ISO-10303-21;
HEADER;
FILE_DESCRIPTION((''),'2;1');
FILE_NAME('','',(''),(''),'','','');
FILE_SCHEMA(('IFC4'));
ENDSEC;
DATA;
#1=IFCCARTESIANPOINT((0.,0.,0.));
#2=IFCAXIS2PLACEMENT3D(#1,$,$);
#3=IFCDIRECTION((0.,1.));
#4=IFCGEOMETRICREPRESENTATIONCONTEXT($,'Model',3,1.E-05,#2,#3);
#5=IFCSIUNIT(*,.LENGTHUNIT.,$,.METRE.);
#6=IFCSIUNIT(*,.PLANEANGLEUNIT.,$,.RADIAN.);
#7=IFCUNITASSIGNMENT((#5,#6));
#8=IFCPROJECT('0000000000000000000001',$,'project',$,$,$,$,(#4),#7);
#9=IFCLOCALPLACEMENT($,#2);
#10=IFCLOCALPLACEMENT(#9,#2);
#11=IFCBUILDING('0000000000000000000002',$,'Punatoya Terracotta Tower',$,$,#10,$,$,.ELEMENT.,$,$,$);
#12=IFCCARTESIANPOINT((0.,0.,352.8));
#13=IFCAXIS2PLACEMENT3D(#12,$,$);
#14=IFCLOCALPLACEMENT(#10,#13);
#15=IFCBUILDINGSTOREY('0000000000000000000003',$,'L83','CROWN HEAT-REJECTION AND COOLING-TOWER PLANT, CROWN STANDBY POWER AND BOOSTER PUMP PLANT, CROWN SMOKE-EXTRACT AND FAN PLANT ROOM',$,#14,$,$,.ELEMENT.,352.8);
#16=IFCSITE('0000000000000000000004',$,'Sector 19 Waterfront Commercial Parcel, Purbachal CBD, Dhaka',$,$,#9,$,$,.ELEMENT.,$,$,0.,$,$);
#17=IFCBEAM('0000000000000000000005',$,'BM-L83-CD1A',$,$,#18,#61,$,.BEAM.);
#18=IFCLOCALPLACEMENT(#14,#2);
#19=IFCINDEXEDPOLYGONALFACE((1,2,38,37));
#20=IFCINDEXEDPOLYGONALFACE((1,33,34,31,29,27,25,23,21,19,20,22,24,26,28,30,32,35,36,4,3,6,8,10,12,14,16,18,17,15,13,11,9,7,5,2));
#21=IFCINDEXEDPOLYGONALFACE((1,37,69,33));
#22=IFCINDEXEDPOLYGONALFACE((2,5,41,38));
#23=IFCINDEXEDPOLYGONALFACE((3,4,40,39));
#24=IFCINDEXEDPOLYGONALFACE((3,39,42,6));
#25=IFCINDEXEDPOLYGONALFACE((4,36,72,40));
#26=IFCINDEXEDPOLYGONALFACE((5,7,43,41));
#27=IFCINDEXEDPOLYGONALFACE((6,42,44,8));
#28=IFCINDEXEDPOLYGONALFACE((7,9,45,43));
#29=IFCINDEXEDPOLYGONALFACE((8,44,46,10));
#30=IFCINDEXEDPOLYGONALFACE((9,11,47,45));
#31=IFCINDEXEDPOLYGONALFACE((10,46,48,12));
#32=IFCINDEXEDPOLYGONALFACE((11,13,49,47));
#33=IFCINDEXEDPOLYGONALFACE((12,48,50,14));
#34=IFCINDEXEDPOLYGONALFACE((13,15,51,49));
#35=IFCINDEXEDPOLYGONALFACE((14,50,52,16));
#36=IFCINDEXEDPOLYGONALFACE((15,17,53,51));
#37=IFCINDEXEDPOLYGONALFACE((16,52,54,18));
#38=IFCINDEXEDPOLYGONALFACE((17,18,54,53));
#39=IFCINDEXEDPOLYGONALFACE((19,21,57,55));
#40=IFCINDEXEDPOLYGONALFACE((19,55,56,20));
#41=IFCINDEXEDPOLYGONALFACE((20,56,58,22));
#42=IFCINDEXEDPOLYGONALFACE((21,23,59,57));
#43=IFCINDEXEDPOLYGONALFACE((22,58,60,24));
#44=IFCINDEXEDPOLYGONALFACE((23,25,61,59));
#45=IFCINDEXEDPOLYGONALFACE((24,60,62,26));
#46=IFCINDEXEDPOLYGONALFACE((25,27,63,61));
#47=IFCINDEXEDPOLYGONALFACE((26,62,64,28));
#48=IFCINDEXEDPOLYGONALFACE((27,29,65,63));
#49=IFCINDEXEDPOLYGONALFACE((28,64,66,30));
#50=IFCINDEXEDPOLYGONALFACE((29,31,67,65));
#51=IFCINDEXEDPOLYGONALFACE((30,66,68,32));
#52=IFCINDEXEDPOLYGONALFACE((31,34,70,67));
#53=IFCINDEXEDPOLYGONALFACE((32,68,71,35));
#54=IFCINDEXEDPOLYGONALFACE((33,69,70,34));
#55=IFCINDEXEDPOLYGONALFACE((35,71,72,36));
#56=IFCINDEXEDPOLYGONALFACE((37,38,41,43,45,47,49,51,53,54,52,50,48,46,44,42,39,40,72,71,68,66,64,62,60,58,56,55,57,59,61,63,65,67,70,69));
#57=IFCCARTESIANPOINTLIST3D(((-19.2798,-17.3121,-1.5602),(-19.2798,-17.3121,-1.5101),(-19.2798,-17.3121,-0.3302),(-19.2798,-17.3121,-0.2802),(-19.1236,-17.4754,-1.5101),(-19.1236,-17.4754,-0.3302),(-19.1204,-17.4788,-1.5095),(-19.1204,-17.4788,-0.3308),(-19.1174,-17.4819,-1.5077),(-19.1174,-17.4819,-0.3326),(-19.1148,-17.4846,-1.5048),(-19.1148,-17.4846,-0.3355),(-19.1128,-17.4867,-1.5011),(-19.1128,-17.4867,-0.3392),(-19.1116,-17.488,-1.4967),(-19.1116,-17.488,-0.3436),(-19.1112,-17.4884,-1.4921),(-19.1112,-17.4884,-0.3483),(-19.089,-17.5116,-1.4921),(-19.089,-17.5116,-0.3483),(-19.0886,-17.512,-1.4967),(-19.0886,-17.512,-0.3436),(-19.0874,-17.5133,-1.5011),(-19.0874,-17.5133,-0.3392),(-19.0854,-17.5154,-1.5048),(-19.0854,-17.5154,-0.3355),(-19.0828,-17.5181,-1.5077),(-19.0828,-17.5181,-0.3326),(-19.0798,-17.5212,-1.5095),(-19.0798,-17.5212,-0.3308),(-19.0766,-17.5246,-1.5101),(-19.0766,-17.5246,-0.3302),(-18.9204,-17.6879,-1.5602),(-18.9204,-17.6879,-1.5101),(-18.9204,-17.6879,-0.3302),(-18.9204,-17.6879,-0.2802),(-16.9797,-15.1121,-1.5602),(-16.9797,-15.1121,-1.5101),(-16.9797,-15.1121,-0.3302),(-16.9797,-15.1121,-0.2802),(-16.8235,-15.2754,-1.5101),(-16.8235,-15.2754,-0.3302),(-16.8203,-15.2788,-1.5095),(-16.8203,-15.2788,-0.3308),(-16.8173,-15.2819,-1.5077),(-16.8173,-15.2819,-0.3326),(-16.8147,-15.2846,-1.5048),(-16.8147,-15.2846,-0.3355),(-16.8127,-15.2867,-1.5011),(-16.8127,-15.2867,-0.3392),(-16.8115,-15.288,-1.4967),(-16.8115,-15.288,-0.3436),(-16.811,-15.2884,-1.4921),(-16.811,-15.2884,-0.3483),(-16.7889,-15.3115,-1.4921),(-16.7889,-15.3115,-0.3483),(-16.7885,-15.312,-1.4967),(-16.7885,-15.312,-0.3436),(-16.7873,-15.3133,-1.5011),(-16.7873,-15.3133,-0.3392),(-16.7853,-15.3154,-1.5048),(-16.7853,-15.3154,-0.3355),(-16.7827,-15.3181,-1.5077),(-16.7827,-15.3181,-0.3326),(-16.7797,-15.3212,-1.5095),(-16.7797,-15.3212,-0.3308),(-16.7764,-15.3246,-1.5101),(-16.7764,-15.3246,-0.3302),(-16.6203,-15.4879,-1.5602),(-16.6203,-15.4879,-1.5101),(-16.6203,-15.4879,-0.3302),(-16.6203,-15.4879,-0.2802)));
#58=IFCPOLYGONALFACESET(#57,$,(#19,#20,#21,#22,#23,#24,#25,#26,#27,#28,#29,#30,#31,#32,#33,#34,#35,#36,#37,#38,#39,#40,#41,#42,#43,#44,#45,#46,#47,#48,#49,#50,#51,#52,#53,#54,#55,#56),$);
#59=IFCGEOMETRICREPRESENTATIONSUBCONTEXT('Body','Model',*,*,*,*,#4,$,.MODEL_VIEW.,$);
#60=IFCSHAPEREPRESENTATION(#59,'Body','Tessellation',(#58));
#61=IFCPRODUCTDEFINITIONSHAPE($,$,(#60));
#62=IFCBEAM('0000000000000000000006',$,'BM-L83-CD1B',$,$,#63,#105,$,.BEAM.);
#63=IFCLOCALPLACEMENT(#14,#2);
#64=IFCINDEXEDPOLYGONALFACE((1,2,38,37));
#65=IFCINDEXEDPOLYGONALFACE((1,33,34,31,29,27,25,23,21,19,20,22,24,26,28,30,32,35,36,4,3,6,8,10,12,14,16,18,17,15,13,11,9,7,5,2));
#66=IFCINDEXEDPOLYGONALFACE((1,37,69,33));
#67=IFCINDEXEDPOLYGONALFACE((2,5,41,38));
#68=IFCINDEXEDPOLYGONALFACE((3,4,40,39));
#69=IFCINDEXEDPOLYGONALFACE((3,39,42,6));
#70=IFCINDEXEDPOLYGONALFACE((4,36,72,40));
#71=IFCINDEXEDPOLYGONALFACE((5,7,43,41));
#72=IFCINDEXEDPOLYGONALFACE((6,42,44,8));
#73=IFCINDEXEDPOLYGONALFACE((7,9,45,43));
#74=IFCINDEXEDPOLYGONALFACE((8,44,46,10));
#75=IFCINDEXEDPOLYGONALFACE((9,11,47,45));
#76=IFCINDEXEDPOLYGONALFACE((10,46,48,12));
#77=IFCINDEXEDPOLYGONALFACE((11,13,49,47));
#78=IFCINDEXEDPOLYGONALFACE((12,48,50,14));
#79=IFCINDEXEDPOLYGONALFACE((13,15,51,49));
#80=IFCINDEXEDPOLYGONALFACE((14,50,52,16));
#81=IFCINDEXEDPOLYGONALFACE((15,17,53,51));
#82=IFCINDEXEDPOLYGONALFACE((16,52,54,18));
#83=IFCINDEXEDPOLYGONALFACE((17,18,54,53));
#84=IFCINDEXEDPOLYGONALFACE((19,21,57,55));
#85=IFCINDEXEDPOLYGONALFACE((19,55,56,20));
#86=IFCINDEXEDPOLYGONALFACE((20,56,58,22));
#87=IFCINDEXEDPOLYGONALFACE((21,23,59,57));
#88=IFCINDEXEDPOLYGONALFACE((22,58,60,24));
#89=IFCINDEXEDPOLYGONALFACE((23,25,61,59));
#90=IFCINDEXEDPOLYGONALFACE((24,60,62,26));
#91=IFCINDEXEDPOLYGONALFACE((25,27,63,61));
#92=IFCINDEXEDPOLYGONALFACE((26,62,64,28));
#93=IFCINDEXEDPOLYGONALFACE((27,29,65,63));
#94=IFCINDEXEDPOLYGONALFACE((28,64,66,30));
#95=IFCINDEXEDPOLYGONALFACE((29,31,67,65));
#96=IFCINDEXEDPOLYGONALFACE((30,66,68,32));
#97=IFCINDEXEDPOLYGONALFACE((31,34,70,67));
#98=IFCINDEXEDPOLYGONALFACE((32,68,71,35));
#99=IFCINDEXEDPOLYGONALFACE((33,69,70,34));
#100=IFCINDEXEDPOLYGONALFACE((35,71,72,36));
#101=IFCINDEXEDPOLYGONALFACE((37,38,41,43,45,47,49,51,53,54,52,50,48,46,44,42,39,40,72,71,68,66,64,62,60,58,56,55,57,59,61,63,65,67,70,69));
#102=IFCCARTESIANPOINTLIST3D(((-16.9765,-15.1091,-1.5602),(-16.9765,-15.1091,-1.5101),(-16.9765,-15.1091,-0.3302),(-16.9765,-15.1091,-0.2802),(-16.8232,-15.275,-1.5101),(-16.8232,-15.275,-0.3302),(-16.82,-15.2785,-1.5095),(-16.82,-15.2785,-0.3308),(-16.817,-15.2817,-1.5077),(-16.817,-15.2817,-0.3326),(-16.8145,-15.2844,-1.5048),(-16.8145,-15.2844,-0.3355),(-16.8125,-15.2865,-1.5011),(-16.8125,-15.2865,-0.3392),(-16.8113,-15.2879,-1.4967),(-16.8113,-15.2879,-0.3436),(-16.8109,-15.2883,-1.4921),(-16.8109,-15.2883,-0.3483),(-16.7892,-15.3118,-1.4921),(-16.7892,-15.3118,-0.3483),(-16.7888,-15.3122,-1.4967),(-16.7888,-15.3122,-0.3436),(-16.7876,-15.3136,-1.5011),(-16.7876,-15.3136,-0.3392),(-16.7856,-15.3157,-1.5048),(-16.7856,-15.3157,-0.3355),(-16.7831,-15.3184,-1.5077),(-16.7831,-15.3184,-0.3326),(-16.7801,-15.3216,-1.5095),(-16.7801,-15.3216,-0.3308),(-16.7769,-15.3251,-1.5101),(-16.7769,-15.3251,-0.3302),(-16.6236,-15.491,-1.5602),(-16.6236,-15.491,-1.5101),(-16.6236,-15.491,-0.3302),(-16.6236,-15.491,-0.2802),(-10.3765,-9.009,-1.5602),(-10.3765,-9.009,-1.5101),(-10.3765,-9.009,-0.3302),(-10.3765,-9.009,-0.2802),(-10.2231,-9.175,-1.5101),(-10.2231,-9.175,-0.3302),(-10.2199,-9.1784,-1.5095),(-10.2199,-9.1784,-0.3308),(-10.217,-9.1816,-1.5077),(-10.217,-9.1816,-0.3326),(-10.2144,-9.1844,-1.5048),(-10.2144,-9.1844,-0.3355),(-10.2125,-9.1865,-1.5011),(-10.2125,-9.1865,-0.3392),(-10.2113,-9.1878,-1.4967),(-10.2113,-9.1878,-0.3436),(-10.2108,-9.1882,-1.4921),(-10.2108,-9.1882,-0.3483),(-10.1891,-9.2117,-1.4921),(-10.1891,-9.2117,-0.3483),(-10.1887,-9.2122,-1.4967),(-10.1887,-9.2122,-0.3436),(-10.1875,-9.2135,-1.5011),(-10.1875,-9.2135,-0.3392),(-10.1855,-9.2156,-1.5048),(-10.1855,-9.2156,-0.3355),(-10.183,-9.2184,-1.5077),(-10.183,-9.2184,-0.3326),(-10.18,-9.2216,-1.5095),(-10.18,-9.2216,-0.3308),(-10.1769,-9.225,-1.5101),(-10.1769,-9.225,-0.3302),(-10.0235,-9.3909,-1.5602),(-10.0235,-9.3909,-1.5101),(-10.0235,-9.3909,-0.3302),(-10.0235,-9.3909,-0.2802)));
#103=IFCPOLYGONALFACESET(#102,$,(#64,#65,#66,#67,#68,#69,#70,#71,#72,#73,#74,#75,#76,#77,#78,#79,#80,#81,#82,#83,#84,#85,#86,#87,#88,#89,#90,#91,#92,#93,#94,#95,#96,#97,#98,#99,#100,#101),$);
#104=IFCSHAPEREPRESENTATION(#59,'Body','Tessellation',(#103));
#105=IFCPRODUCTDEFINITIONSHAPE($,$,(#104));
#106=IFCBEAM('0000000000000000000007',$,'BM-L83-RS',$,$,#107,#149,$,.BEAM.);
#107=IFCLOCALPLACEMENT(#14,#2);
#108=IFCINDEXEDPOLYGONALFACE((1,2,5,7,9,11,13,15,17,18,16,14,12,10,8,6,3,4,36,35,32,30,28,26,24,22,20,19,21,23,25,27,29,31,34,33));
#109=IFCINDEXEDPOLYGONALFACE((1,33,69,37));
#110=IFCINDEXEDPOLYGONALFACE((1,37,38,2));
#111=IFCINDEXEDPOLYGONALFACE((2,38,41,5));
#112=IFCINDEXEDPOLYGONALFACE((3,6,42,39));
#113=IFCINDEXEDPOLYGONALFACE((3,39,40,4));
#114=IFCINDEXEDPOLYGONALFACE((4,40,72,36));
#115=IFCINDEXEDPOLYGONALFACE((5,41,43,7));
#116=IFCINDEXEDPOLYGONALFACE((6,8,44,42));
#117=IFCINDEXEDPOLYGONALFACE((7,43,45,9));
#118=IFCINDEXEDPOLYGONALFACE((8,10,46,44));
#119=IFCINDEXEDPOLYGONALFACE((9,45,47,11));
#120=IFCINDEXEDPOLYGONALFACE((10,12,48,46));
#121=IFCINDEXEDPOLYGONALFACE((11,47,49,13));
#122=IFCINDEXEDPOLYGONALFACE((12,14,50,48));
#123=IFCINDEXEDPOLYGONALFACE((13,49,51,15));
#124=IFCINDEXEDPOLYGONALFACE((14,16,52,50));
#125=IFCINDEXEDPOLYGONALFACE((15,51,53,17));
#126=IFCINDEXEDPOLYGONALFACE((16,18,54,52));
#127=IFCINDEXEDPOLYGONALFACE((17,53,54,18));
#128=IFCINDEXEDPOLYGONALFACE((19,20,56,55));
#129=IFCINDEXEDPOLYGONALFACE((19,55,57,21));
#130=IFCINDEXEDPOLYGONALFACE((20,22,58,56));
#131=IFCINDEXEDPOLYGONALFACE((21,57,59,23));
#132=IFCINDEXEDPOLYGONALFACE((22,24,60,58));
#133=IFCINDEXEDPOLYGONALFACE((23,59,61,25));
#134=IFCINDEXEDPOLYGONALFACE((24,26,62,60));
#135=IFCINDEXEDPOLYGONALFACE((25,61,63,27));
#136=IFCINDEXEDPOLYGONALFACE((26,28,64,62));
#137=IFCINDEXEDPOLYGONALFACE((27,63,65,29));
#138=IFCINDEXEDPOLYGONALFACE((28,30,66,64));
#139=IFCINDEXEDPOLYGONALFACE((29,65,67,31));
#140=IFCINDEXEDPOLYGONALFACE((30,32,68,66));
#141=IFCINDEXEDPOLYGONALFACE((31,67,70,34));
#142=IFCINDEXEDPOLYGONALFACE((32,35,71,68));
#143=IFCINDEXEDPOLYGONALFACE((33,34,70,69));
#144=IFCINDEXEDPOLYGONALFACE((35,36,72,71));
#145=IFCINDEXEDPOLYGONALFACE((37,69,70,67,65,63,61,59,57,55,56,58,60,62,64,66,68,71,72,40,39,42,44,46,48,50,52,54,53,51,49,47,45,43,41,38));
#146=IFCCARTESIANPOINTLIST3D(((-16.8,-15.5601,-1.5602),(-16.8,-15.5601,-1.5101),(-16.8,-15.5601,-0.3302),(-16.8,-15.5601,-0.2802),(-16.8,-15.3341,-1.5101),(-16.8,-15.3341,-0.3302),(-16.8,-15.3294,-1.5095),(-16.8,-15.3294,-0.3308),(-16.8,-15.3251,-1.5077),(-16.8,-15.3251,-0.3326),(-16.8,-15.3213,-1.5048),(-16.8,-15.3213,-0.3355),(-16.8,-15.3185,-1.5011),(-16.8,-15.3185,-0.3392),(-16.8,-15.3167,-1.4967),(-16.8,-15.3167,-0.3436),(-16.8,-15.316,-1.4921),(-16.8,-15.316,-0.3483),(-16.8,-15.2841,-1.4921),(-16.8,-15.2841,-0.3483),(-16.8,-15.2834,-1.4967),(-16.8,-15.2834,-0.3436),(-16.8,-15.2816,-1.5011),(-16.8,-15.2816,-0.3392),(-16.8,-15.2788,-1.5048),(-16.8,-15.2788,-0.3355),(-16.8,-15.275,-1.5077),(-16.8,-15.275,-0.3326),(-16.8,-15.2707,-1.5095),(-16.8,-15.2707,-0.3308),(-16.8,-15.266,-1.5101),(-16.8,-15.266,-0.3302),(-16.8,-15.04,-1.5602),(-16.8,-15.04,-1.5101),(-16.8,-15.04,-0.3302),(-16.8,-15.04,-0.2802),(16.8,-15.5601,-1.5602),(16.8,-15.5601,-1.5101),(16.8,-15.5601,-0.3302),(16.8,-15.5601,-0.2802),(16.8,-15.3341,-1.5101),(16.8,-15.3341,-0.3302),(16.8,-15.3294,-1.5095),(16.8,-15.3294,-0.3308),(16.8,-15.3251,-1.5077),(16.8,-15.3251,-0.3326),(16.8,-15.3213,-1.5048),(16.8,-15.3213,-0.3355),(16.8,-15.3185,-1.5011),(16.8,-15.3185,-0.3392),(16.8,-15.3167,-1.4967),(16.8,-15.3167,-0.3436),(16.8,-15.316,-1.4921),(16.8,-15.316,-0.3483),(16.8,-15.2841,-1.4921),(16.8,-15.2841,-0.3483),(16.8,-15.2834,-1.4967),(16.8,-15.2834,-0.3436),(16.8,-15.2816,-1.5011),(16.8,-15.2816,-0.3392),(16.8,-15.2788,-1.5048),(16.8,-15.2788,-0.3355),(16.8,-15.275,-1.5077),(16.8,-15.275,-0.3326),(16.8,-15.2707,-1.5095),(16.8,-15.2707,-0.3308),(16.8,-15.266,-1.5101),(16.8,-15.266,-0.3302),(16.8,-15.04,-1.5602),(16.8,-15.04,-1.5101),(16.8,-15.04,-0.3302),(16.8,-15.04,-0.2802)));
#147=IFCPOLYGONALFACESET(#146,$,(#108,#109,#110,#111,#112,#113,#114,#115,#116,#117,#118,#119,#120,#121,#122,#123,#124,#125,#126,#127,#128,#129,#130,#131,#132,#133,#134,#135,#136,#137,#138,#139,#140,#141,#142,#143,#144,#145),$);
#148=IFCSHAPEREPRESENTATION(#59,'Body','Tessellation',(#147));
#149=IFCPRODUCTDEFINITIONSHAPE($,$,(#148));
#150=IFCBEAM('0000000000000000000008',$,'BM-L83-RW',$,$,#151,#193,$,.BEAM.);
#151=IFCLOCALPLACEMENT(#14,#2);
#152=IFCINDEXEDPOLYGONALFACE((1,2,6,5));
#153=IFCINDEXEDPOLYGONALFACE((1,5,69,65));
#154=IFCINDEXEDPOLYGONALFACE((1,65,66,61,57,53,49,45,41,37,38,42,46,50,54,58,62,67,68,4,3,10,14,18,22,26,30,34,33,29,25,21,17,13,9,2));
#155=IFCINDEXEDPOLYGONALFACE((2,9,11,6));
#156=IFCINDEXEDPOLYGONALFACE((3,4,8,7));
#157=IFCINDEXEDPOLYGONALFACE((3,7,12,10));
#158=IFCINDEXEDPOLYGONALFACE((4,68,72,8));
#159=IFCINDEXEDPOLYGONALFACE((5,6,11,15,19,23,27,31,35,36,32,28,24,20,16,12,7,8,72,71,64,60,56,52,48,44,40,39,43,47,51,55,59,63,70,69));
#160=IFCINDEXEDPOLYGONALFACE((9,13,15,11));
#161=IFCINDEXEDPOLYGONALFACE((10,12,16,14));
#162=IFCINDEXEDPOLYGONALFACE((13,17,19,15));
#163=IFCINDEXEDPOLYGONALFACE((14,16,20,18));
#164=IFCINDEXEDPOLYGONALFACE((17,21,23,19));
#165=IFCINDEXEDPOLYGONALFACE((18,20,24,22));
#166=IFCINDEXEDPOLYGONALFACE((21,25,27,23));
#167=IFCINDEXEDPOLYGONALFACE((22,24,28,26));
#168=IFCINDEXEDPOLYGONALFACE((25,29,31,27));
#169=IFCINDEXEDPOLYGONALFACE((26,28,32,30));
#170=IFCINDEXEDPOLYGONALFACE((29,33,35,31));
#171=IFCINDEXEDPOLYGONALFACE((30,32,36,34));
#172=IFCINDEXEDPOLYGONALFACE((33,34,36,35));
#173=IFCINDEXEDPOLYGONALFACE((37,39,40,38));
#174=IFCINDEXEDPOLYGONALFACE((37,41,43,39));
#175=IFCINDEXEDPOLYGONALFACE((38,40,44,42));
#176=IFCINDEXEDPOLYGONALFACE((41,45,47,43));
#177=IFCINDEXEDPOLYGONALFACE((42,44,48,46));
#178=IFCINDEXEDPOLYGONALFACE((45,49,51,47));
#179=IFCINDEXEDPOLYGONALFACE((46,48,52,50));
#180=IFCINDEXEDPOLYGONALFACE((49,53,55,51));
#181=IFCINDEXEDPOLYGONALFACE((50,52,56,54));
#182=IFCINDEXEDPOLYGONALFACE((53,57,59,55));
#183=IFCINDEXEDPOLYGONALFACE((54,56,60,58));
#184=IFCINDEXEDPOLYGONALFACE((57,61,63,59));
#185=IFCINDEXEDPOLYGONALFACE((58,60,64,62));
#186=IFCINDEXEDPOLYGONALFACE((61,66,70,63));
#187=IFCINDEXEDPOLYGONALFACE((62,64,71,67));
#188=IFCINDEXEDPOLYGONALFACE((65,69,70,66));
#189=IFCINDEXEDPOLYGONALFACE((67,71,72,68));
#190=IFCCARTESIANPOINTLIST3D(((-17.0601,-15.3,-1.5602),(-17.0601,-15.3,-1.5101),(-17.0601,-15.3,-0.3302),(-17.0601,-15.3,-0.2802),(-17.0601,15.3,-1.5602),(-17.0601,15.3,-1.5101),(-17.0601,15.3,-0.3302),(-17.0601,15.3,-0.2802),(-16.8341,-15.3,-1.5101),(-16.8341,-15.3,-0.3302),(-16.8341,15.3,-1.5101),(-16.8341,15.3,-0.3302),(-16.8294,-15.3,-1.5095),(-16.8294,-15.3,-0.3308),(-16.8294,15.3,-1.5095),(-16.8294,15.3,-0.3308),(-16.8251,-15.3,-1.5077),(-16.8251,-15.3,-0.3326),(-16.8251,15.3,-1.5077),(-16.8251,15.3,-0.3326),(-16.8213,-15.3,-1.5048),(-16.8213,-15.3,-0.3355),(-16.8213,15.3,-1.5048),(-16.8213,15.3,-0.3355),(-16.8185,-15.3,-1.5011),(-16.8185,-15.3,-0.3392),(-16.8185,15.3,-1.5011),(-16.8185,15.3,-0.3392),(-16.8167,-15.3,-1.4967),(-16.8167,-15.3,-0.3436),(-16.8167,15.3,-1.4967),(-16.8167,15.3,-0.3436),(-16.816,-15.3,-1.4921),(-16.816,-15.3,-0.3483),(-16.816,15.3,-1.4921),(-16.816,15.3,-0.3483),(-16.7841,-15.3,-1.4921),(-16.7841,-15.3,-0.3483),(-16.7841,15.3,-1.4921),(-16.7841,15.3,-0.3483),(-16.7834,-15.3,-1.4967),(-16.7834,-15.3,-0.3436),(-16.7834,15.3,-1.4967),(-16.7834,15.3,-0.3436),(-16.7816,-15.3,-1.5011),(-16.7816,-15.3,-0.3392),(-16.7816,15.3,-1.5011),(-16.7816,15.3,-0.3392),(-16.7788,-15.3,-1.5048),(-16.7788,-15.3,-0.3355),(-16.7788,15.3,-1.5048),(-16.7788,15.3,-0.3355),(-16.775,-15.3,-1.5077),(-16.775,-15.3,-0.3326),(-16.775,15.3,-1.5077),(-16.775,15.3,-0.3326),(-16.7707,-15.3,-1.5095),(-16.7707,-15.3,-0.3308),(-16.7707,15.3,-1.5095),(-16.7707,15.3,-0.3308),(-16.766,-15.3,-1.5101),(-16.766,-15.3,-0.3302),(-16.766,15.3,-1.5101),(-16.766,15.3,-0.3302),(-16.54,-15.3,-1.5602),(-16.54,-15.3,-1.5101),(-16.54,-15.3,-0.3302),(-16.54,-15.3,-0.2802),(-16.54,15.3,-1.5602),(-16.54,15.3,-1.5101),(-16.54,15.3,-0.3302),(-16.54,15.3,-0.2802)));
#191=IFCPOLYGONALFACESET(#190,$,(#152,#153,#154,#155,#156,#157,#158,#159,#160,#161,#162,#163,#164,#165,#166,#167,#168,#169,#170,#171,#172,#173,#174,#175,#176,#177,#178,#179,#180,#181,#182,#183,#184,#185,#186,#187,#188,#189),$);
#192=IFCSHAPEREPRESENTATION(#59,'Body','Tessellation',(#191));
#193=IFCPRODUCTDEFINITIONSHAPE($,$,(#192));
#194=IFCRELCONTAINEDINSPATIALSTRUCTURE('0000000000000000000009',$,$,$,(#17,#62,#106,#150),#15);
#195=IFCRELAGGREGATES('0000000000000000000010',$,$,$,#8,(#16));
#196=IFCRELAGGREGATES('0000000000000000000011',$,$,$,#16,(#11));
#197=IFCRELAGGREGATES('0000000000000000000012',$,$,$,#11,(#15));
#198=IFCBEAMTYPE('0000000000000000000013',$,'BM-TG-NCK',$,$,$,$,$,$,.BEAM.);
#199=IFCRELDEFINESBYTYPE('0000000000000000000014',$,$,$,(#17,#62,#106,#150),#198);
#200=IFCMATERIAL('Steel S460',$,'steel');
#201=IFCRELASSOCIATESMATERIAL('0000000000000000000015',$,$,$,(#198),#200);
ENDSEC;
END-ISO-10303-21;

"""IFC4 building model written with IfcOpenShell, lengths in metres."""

from ifc_helpers import new_model, si_unit, direction, frame, origin, origin_2d, place, context, subcontext, project, spatial, i_section, extrude, material, material_profile, profile_set, type_object, element, save


model = new_model("IFC4")

# Units and contexts
model_context = context("Model", 3, precision=1e-05, world=origin(), true_north=direction((0.0, 1.0)))
body_context = subcontext(model_context, "Body", "Model", "MODEL_VIEW")
ifc_project = project(units=[si_unit("LENGTHUNIT", "METRE"), si_unit("PLANEANGLEUNIT", "RADIAN")], contexts=[model_context])

# Site, building, storey
site_placement = place(None, origin())
site = spatial("IfcSite", under=ifc_project, at=site_placement, Name="Sector 19 Waterfront Commercial Parcel, Purbachal CBD, Dhaka", CompositionType="ELEMENT", RefElevation=0.0)
building_placement = place(site_placement, origin())
building = spatial("IfcBuilding", under=site, at=building_placement, Name="Punatoya Terracotta Tower", CompositionType="ELEMENT")
storey_placement = place(building_placement, frame((0.0, 0.0, 352.8)))
storey = spatial("IfcBuildingStorey", under=building, at=storey_placement, Name="L83", Description="CROWN HEAT-REJECTION AND COOLING-TOWER PLANT, CROWN STANDBY POWER AND BOOSTER PUMP PLANT, CROWN SMOKE-EXTRACT AND FAN PLANT ROOM", CompositionType="ELEMENT", Elevation=352.8)

# Beams
ifc_material_1 = material(Name="Steel S460", Category="steel")
ifc_material_profile_1 = material_profile(ifc_material_1, i_section(OverallWidth=0.52, OverallDepth=1.28, WebThickness=0.032, FlangeThickness=0.05, FilletRadius=0.0181, at=origin_2d()))
ifc_profile_set_1 = profile_set([ifc_material_profile_1], Name="Steel S460")
beam_type_1 = type_object("IfcBeamType", Name="BM-TG-NCK", PredefinedType="BEAM", material=ifc_profile_set_1)
beam_1_placement = place(storey_placement, frame((-19.1001, -17.5, -0.9202), z_axis=(0.722657, 0.691207, 0.0), x_axis=(-0.691207, 0.722657, 0.0)))
element("IfcBeam", 1, at=beam_1_placement, inside=storey, type_object=beam_type_1, Name="BM-L83-CD1A", PredefinedType="BEAM", context=body_context, shape_type="SweptSolid", body=[
    extrude(i_section(OverallWidth=0.52, OverallDepth=1.28, WebThickness=0.032, FlangeThickness=0.05, FilletRadius=0.0181, at=origin_2d()), origin(), (0.0, 0.0, 1.0), 3.1829),
])
beam_2_placement = place(storey_placement, frame((-16.8, -15.3, -0.9202), z_axis=(0.734376, 0.678743, 0.0), x_axis=(-0.678743, 0.734376, 0.0)))
element("IfcBeam", 2, at=beam_2_placement, inside=storey, type_object=beam_type_1, Name="BM-L83-CD1B", PredefinedType="BEAM", context=body_context, shape_type="SweptSolid", body=[
    extrude(i_section(OverallWidth=0.52, OverallDepth=1.28, WebThickness=0.032, FlangeThickness=0.05, FilletRadius=0.0181, at=origin_2d()), origin(), (0.0, 0.0, 1.0), 8.9873),
])
beam_3_placement = place(storey_placement, frame((-16.8, -15.3, -0.9202), z_axis=(1.0, 0.0, 0.0), x_axis=(0.0, 1.0, 0.0)))
element("IfcBeam", 3, at=beam_3_placement, inside=storey, type_object=beam_type_1, Name="BM-L83-RS", PredefinedType="BEAM", context=body_context, shape_type="SweptSolid", body=[
    extrude(i_section(OverallWidth=0.52, OverallDepth=1.28, WebThickness=0.032, FlangeThickness=0.05, FilletRadius=0.0181, at=origin_2d()), origin(), (0.0, 0.0, 1.0), 33.6001),
])
beam_4_placement = place(storey_placement, frame((-16.8, -15.3, -0.9202), z_axis=(0.0, 1.0, 0.0), x_axis=(-1.0, 0.0, 0.0)))
element("IfcBeam", 4, at=beam_4_placement, inside=storey, type_object=beam_type_1, Name="BM-L83-RW", PredefinedType="BEAM", context=body_context, shape_type="SweptSolid", body=[
    extrude(i_section(OverallWidth=0.52, OverallDepth=1.28, WebThickness=0.032, FlangeThickness=0.05, FilletRadius=0.0181, at=origin_2d()), origin(), (0.0, 0.0, 1.0), 30.6001),
])

save(model, "model.ifc")
